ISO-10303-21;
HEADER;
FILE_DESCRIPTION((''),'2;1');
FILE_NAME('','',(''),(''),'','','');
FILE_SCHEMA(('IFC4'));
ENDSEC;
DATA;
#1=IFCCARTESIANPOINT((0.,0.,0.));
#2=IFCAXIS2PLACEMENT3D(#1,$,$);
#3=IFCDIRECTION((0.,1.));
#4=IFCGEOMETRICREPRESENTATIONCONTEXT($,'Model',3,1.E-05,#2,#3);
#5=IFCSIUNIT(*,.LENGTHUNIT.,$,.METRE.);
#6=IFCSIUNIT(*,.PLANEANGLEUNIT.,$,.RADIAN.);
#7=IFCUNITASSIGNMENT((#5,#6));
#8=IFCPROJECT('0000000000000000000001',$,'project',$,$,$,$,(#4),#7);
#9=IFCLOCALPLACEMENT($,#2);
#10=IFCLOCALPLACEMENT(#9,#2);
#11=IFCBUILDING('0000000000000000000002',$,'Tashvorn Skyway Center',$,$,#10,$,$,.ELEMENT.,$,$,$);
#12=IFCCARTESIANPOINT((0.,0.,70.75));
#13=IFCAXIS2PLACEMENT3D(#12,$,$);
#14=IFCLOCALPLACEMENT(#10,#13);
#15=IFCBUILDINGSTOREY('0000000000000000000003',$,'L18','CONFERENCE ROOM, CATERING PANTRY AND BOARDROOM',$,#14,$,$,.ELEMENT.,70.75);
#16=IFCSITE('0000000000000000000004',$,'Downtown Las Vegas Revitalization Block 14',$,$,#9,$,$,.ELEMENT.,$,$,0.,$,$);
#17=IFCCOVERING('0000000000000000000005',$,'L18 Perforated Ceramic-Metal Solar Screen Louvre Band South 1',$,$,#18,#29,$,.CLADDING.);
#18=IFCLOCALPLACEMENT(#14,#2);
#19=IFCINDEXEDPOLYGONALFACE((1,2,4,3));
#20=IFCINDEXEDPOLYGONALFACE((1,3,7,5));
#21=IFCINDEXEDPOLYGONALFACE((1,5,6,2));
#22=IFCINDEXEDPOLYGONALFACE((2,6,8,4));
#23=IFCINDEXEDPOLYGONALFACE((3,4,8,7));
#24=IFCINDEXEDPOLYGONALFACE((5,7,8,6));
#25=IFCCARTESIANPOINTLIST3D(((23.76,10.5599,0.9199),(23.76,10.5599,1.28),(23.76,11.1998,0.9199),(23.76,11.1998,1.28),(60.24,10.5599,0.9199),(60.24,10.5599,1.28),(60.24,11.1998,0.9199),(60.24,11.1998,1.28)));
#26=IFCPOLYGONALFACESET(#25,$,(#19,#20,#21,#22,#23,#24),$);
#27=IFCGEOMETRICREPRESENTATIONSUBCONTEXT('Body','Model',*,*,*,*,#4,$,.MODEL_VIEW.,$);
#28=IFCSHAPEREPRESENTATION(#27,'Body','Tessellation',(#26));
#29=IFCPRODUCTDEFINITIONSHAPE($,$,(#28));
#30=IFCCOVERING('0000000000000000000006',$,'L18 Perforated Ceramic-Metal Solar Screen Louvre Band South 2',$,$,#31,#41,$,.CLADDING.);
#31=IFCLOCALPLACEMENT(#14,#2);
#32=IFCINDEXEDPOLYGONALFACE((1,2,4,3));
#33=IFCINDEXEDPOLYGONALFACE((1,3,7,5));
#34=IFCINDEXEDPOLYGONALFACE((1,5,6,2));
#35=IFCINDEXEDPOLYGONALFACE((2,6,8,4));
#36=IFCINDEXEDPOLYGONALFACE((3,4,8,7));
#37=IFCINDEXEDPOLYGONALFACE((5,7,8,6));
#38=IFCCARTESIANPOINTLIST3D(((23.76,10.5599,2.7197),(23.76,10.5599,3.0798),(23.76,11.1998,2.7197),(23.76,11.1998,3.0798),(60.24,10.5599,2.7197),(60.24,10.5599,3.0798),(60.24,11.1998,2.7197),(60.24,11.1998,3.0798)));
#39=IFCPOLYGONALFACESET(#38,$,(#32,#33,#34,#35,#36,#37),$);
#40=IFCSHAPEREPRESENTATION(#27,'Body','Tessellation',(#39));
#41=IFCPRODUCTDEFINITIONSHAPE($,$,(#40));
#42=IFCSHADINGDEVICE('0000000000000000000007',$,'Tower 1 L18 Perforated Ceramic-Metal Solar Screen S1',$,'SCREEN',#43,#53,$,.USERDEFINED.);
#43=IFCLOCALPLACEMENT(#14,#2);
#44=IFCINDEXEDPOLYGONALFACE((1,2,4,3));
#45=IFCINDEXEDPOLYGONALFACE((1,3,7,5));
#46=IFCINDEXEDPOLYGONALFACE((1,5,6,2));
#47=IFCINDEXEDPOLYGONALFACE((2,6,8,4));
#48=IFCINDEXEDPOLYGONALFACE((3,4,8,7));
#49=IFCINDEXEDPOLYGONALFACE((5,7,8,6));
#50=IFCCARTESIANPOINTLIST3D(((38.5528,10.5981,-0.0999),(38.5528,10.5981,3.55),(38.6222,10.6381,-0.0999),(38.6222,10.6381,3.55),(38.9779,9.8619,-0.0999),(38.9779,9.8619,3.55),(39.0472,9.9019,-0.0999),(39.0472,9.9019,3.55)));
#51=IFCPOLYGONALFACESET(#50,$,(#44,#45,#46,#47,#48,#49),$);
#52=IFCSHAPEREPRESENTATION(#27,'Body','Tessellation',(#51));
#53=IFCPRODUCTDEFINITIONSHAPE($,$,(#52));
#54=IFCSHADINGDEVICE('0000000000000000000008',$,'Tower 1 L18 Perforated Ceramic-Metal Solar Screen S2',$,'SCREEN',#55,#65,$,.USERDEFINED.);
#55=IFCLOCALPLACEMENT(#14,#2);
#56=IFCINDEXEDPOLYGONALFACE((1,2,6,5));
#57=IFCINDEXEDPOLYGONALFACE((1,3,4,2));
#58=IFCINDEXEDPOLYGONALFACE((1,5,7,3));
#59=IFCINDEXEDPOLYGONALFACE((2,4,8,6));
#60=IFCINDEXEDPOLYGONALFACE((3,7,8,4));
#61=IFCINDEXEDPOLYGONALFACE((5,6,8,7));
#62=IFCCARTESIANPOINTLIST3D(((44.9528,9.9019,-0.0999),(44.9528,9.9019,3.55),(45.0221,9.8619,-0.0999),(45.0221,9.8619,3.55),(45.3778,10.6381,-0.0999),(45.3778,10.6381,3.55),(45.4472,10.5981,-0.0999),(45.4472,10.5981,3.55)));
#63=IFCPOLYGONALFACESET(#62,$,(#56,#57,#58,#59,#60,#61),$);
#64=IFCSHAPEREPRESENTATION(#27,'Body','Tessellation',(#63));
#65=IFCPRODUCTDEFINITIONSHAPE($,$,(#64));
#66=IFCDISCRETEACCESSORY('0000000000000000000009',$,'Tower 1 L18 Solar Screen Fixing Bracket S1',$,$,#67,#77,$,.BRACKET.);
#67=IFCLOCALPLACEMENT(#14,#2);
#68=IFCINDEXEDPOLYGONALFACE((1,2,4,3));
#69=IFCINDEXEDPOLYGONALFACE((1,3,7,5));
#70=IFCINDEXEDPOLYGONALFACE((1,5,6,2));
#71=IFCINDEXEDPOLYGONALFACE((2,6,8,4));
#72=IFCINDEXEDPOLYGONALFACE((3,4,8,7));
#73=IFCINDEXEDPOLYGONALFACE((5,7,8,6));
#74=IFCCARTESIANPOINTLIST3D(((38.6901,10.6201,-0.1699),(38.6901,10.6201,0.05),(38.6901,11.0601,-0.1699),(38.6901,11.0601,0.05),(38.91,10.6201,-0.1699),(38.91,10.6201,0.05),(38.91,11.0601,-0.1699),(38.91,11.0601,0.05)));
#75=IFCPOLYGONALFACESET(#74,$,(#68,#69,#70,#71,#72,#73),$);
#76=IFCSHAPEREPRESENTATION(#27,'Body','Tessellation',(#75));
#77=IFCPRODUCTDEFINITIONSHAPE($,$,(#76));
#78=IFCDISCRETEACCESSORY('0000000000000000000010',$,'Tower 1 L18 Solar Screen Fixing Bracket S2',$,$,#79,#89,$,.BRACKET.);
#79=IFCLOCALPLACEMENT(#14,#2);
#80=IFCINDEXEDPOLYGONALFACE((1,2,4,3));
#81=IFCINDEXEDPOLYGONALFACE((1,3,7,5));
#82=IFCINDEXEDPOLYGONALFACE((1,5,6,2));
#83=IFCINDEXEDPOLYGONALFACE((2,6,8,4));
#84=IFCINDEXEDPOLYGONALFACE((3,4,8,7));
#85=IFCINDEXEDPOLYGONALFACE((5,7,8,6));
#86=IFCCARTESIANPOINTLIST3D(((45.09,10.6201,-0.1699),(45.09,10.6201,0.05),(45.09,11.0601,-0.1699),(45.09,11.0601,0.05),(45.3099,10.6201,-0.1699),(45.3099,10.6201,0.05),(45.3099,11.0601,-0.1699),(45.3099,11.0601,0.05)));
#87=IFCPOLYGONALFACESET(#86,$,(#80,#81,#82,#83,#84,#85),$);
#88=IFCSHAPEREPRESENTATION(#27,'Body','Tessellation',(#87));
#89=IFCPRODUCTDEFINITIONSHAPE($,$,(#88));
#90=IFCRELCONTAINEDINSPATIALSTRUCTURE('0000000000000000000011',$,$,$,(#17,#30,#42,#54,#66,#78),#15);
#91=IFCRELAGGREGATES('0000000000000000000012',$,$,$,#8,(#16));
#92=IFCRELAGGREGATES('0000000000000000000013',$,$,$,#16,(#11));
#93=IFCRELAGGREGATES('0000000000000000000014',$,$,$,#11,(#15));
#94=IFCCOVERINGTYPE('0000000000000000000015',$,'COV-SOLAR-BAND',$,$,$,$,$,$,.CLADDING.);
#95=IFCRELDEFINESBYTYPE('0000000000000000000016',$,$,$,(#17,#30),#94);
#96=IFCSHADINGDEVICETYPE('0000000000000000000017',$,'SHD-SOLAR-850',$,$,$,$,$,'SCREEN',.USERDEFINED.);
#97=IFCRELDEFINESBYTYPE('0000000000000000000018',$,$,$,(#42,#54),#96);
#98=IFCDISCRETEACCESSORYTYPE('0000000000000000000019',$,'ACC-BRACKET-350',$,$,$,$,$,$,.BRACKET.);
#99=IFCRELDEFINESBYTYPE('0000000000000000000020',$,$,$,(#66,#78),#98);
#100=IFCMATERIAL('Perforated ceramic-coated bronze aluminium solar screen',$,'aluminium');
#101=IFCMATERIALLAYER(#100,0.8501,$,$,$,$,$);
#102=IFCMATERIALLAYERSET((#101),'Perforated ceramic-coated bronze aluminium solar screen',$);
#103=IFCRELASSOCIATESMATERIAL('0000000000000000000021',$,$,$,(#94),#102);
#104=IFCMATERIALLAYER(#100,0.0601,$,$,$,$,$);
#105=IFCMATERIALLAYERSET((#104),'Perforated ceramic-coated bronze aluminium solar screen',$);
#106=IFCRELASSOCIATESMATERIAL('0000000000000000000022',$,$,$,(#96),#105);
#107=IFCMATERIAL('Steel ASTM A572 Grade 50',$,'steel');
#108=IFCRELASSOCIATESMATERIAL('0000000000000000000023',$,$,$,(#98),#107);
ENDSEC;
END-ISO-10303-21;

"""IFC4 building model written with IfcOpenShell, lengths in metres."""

from ifc_helpers import new_model, si_unit, direction, frame, origin, origin_2d, place, context, subcontext, project, spatial, rectangle, extrude, material, layer, layer_set, type_object, element, save


model = new_model("IFC4")

# Units and contexts
model_context = context("Model", 3, precision=1e-05, world=origin(), true_north=direction((0.0, 1.0)))
body_context = subcontext(model_context, "Body", "Model", "MODEL_VIEW")
ifc_project = project(units=[si_unit("LENGTHUNIT", "METRE"), si_unit("PLANEANGLEUNIT", "RADIAN")], contexts=[model_context])

# Site, building, storey
site_placement = place(None, origin())
site = spatial("IfcSite", under=ifc_project, at=site_placement, Name="Downtown Las Vegas Revitalization Block 14", CompositionType="ELEMENT", RefElevation=0.0)
building_placement = place(site_placement, origin())
building = spatial("IfcBuilding", under=site, at=building_placement, Name="Tashvorn Skyway Center", CompositionType="ELEMENT")
storey_placement = place(building_placement, frame((0.0, 0.0, 70.75)))
storey = spatial("IfcBuildingStorey", under=building, at=storey_placement, Name="L18", Description="CONFERENCE ROOM, CATERING PANTRY AND BOARDROOM", CompositionType="ELEMENT", Elevation=70.75)

# Shared definitions
ifc_material_1 = material(Name="Steel ASTM A572 Grade 50", Category="steel")

# Coverings
ifc_material_2 = material(Name="Perforated ceramic-coated bronze aluminium solar screen", Category="aluminium")
ifc_layer_1 = layer(ifc_material_2, 0.8501)
ifc_layer_set_1 = layer_set([ifc_layer_1], Name="Perforated ceramic-coated bronze aluminium solar screen")
covering_type = type_object("IfcCoveringType", Name="COV-SOLAR-BAND", PredefinedType="CLADDING", material=ifc_layer_set_1)
for number, where, z_axis, x_axis, name in (
    (1, (42.0, 10.8799, 0.9199), (0.0, 0.0, 1.0), (-1.0, 0.0, 0.0), "L18 Perforated Ceramic-Metal Solar Screen Louvre Band South 1"),
    (2, (42.0, 10.8799, 2.7197), (0.0, 0.0, 1.0), (-1.0, 0.0, 0.0), "L18 Perforated Ceramic-Metal Solar Screen Louvre Band South 2"),
):
    element("IfcCovering", number, at=place(storey_placement, frame(where, z_axis=z_axis, x_axis=x_axis)), inside=storey, type_object=covering_type, Name=name, PredefinedType="CLADDING", context=body_context, shape_type="SweptSolid", body=[
        extrude(rectangle(XDim=36.48, YDim=0.6399, at=origin_2d()), origin(), (0.0, 0.0, 1.0), 0.3601),
    ])

# Shading devices
ifc_layer_2 = layer(ifc_material_2, 0.0601)
ifc_layer_set_2 = layer_set([ifc_layer_2], Name="Perforated ceramic-coated bronze aluminium solar screen")
shading_device_type = type_object("IfcShadingDeviceType", Name="SHD-SOLAR-850", ElementType="SCREEN", PredefinedType="USERDEFINED", material=ifc_layer_set_2)
for number, where, z_axis, x_axis, name in (
    (3, (38.8, 10.25, -0.0999), (0.0, 0.0, 1.0), (-0.866025, -0.5, 0.0), "Tower 1 L18 Perforated Ceramic-Metal Solar Screen S1"),
    (4, (45.2, 10.25, -0.0999), (0.0, 0.0, 1.0), (-0.866025, 0.5, 0.0), "Tower 1 L18 Perforated Ceramic-Metal Solar Screen S2"),
):
    element("IfcShadingDevice", number, at=place(storey_placement, frame(where, z_axis=z_axis, x_axis=x_axis)), inside=storey, type_object=shading_device_type, Name=name, ObjectType="SCREEN", PredefinedType="USERDEFINED", context=body_context, shape_type="SweptSolid", body=[
        extrude(rectangle(XDim=0.0801, YDim=0.8501, at=origin_2d()), origin(), (0.0, 0.0, 1.0), 3.6499),
    ])

# Discrete accessories
discrete_accessory_type = type_object("IfcDiscreteAccessoryType", Name="ACC-BRACKET-350", PredefinedType="BRACKET", material=ifc_material_1)
for number, where, z_axis, x_axis, name in (
    (5, (38.8, 10.8401, -0.1699), (0.0, 0.0, 1.0), (-1.0, 0.0, 0.0), "Tower 1 L18 Solar Screen Fixing Bracket S1"),
    (6, (45.2, 10.8401, -0.1699), (0.0, 0.0, 1.0), (-1.0, 0.0, 0.0), "Tower 1 L18 Solar Screen Fixing Bracket S2"),
):
    element("IfcDiscreteAccessory", number, at=place(storey_placement, frame(where, z_axis=z_axis, x_axis=x_axis)), inside=storey, type_object=discrete_accessory_type, Name=name, PredefinedType="BRACKET", context=body_context, shape_type="SweptSolid", body=[
        extrude(rectangle(XDim=0.22, YDim=0.4399, at=origin_2d()), origin(), (0.0, 0.0, 1.0), 0.22),
    ])

save(model, "model.ifc")
